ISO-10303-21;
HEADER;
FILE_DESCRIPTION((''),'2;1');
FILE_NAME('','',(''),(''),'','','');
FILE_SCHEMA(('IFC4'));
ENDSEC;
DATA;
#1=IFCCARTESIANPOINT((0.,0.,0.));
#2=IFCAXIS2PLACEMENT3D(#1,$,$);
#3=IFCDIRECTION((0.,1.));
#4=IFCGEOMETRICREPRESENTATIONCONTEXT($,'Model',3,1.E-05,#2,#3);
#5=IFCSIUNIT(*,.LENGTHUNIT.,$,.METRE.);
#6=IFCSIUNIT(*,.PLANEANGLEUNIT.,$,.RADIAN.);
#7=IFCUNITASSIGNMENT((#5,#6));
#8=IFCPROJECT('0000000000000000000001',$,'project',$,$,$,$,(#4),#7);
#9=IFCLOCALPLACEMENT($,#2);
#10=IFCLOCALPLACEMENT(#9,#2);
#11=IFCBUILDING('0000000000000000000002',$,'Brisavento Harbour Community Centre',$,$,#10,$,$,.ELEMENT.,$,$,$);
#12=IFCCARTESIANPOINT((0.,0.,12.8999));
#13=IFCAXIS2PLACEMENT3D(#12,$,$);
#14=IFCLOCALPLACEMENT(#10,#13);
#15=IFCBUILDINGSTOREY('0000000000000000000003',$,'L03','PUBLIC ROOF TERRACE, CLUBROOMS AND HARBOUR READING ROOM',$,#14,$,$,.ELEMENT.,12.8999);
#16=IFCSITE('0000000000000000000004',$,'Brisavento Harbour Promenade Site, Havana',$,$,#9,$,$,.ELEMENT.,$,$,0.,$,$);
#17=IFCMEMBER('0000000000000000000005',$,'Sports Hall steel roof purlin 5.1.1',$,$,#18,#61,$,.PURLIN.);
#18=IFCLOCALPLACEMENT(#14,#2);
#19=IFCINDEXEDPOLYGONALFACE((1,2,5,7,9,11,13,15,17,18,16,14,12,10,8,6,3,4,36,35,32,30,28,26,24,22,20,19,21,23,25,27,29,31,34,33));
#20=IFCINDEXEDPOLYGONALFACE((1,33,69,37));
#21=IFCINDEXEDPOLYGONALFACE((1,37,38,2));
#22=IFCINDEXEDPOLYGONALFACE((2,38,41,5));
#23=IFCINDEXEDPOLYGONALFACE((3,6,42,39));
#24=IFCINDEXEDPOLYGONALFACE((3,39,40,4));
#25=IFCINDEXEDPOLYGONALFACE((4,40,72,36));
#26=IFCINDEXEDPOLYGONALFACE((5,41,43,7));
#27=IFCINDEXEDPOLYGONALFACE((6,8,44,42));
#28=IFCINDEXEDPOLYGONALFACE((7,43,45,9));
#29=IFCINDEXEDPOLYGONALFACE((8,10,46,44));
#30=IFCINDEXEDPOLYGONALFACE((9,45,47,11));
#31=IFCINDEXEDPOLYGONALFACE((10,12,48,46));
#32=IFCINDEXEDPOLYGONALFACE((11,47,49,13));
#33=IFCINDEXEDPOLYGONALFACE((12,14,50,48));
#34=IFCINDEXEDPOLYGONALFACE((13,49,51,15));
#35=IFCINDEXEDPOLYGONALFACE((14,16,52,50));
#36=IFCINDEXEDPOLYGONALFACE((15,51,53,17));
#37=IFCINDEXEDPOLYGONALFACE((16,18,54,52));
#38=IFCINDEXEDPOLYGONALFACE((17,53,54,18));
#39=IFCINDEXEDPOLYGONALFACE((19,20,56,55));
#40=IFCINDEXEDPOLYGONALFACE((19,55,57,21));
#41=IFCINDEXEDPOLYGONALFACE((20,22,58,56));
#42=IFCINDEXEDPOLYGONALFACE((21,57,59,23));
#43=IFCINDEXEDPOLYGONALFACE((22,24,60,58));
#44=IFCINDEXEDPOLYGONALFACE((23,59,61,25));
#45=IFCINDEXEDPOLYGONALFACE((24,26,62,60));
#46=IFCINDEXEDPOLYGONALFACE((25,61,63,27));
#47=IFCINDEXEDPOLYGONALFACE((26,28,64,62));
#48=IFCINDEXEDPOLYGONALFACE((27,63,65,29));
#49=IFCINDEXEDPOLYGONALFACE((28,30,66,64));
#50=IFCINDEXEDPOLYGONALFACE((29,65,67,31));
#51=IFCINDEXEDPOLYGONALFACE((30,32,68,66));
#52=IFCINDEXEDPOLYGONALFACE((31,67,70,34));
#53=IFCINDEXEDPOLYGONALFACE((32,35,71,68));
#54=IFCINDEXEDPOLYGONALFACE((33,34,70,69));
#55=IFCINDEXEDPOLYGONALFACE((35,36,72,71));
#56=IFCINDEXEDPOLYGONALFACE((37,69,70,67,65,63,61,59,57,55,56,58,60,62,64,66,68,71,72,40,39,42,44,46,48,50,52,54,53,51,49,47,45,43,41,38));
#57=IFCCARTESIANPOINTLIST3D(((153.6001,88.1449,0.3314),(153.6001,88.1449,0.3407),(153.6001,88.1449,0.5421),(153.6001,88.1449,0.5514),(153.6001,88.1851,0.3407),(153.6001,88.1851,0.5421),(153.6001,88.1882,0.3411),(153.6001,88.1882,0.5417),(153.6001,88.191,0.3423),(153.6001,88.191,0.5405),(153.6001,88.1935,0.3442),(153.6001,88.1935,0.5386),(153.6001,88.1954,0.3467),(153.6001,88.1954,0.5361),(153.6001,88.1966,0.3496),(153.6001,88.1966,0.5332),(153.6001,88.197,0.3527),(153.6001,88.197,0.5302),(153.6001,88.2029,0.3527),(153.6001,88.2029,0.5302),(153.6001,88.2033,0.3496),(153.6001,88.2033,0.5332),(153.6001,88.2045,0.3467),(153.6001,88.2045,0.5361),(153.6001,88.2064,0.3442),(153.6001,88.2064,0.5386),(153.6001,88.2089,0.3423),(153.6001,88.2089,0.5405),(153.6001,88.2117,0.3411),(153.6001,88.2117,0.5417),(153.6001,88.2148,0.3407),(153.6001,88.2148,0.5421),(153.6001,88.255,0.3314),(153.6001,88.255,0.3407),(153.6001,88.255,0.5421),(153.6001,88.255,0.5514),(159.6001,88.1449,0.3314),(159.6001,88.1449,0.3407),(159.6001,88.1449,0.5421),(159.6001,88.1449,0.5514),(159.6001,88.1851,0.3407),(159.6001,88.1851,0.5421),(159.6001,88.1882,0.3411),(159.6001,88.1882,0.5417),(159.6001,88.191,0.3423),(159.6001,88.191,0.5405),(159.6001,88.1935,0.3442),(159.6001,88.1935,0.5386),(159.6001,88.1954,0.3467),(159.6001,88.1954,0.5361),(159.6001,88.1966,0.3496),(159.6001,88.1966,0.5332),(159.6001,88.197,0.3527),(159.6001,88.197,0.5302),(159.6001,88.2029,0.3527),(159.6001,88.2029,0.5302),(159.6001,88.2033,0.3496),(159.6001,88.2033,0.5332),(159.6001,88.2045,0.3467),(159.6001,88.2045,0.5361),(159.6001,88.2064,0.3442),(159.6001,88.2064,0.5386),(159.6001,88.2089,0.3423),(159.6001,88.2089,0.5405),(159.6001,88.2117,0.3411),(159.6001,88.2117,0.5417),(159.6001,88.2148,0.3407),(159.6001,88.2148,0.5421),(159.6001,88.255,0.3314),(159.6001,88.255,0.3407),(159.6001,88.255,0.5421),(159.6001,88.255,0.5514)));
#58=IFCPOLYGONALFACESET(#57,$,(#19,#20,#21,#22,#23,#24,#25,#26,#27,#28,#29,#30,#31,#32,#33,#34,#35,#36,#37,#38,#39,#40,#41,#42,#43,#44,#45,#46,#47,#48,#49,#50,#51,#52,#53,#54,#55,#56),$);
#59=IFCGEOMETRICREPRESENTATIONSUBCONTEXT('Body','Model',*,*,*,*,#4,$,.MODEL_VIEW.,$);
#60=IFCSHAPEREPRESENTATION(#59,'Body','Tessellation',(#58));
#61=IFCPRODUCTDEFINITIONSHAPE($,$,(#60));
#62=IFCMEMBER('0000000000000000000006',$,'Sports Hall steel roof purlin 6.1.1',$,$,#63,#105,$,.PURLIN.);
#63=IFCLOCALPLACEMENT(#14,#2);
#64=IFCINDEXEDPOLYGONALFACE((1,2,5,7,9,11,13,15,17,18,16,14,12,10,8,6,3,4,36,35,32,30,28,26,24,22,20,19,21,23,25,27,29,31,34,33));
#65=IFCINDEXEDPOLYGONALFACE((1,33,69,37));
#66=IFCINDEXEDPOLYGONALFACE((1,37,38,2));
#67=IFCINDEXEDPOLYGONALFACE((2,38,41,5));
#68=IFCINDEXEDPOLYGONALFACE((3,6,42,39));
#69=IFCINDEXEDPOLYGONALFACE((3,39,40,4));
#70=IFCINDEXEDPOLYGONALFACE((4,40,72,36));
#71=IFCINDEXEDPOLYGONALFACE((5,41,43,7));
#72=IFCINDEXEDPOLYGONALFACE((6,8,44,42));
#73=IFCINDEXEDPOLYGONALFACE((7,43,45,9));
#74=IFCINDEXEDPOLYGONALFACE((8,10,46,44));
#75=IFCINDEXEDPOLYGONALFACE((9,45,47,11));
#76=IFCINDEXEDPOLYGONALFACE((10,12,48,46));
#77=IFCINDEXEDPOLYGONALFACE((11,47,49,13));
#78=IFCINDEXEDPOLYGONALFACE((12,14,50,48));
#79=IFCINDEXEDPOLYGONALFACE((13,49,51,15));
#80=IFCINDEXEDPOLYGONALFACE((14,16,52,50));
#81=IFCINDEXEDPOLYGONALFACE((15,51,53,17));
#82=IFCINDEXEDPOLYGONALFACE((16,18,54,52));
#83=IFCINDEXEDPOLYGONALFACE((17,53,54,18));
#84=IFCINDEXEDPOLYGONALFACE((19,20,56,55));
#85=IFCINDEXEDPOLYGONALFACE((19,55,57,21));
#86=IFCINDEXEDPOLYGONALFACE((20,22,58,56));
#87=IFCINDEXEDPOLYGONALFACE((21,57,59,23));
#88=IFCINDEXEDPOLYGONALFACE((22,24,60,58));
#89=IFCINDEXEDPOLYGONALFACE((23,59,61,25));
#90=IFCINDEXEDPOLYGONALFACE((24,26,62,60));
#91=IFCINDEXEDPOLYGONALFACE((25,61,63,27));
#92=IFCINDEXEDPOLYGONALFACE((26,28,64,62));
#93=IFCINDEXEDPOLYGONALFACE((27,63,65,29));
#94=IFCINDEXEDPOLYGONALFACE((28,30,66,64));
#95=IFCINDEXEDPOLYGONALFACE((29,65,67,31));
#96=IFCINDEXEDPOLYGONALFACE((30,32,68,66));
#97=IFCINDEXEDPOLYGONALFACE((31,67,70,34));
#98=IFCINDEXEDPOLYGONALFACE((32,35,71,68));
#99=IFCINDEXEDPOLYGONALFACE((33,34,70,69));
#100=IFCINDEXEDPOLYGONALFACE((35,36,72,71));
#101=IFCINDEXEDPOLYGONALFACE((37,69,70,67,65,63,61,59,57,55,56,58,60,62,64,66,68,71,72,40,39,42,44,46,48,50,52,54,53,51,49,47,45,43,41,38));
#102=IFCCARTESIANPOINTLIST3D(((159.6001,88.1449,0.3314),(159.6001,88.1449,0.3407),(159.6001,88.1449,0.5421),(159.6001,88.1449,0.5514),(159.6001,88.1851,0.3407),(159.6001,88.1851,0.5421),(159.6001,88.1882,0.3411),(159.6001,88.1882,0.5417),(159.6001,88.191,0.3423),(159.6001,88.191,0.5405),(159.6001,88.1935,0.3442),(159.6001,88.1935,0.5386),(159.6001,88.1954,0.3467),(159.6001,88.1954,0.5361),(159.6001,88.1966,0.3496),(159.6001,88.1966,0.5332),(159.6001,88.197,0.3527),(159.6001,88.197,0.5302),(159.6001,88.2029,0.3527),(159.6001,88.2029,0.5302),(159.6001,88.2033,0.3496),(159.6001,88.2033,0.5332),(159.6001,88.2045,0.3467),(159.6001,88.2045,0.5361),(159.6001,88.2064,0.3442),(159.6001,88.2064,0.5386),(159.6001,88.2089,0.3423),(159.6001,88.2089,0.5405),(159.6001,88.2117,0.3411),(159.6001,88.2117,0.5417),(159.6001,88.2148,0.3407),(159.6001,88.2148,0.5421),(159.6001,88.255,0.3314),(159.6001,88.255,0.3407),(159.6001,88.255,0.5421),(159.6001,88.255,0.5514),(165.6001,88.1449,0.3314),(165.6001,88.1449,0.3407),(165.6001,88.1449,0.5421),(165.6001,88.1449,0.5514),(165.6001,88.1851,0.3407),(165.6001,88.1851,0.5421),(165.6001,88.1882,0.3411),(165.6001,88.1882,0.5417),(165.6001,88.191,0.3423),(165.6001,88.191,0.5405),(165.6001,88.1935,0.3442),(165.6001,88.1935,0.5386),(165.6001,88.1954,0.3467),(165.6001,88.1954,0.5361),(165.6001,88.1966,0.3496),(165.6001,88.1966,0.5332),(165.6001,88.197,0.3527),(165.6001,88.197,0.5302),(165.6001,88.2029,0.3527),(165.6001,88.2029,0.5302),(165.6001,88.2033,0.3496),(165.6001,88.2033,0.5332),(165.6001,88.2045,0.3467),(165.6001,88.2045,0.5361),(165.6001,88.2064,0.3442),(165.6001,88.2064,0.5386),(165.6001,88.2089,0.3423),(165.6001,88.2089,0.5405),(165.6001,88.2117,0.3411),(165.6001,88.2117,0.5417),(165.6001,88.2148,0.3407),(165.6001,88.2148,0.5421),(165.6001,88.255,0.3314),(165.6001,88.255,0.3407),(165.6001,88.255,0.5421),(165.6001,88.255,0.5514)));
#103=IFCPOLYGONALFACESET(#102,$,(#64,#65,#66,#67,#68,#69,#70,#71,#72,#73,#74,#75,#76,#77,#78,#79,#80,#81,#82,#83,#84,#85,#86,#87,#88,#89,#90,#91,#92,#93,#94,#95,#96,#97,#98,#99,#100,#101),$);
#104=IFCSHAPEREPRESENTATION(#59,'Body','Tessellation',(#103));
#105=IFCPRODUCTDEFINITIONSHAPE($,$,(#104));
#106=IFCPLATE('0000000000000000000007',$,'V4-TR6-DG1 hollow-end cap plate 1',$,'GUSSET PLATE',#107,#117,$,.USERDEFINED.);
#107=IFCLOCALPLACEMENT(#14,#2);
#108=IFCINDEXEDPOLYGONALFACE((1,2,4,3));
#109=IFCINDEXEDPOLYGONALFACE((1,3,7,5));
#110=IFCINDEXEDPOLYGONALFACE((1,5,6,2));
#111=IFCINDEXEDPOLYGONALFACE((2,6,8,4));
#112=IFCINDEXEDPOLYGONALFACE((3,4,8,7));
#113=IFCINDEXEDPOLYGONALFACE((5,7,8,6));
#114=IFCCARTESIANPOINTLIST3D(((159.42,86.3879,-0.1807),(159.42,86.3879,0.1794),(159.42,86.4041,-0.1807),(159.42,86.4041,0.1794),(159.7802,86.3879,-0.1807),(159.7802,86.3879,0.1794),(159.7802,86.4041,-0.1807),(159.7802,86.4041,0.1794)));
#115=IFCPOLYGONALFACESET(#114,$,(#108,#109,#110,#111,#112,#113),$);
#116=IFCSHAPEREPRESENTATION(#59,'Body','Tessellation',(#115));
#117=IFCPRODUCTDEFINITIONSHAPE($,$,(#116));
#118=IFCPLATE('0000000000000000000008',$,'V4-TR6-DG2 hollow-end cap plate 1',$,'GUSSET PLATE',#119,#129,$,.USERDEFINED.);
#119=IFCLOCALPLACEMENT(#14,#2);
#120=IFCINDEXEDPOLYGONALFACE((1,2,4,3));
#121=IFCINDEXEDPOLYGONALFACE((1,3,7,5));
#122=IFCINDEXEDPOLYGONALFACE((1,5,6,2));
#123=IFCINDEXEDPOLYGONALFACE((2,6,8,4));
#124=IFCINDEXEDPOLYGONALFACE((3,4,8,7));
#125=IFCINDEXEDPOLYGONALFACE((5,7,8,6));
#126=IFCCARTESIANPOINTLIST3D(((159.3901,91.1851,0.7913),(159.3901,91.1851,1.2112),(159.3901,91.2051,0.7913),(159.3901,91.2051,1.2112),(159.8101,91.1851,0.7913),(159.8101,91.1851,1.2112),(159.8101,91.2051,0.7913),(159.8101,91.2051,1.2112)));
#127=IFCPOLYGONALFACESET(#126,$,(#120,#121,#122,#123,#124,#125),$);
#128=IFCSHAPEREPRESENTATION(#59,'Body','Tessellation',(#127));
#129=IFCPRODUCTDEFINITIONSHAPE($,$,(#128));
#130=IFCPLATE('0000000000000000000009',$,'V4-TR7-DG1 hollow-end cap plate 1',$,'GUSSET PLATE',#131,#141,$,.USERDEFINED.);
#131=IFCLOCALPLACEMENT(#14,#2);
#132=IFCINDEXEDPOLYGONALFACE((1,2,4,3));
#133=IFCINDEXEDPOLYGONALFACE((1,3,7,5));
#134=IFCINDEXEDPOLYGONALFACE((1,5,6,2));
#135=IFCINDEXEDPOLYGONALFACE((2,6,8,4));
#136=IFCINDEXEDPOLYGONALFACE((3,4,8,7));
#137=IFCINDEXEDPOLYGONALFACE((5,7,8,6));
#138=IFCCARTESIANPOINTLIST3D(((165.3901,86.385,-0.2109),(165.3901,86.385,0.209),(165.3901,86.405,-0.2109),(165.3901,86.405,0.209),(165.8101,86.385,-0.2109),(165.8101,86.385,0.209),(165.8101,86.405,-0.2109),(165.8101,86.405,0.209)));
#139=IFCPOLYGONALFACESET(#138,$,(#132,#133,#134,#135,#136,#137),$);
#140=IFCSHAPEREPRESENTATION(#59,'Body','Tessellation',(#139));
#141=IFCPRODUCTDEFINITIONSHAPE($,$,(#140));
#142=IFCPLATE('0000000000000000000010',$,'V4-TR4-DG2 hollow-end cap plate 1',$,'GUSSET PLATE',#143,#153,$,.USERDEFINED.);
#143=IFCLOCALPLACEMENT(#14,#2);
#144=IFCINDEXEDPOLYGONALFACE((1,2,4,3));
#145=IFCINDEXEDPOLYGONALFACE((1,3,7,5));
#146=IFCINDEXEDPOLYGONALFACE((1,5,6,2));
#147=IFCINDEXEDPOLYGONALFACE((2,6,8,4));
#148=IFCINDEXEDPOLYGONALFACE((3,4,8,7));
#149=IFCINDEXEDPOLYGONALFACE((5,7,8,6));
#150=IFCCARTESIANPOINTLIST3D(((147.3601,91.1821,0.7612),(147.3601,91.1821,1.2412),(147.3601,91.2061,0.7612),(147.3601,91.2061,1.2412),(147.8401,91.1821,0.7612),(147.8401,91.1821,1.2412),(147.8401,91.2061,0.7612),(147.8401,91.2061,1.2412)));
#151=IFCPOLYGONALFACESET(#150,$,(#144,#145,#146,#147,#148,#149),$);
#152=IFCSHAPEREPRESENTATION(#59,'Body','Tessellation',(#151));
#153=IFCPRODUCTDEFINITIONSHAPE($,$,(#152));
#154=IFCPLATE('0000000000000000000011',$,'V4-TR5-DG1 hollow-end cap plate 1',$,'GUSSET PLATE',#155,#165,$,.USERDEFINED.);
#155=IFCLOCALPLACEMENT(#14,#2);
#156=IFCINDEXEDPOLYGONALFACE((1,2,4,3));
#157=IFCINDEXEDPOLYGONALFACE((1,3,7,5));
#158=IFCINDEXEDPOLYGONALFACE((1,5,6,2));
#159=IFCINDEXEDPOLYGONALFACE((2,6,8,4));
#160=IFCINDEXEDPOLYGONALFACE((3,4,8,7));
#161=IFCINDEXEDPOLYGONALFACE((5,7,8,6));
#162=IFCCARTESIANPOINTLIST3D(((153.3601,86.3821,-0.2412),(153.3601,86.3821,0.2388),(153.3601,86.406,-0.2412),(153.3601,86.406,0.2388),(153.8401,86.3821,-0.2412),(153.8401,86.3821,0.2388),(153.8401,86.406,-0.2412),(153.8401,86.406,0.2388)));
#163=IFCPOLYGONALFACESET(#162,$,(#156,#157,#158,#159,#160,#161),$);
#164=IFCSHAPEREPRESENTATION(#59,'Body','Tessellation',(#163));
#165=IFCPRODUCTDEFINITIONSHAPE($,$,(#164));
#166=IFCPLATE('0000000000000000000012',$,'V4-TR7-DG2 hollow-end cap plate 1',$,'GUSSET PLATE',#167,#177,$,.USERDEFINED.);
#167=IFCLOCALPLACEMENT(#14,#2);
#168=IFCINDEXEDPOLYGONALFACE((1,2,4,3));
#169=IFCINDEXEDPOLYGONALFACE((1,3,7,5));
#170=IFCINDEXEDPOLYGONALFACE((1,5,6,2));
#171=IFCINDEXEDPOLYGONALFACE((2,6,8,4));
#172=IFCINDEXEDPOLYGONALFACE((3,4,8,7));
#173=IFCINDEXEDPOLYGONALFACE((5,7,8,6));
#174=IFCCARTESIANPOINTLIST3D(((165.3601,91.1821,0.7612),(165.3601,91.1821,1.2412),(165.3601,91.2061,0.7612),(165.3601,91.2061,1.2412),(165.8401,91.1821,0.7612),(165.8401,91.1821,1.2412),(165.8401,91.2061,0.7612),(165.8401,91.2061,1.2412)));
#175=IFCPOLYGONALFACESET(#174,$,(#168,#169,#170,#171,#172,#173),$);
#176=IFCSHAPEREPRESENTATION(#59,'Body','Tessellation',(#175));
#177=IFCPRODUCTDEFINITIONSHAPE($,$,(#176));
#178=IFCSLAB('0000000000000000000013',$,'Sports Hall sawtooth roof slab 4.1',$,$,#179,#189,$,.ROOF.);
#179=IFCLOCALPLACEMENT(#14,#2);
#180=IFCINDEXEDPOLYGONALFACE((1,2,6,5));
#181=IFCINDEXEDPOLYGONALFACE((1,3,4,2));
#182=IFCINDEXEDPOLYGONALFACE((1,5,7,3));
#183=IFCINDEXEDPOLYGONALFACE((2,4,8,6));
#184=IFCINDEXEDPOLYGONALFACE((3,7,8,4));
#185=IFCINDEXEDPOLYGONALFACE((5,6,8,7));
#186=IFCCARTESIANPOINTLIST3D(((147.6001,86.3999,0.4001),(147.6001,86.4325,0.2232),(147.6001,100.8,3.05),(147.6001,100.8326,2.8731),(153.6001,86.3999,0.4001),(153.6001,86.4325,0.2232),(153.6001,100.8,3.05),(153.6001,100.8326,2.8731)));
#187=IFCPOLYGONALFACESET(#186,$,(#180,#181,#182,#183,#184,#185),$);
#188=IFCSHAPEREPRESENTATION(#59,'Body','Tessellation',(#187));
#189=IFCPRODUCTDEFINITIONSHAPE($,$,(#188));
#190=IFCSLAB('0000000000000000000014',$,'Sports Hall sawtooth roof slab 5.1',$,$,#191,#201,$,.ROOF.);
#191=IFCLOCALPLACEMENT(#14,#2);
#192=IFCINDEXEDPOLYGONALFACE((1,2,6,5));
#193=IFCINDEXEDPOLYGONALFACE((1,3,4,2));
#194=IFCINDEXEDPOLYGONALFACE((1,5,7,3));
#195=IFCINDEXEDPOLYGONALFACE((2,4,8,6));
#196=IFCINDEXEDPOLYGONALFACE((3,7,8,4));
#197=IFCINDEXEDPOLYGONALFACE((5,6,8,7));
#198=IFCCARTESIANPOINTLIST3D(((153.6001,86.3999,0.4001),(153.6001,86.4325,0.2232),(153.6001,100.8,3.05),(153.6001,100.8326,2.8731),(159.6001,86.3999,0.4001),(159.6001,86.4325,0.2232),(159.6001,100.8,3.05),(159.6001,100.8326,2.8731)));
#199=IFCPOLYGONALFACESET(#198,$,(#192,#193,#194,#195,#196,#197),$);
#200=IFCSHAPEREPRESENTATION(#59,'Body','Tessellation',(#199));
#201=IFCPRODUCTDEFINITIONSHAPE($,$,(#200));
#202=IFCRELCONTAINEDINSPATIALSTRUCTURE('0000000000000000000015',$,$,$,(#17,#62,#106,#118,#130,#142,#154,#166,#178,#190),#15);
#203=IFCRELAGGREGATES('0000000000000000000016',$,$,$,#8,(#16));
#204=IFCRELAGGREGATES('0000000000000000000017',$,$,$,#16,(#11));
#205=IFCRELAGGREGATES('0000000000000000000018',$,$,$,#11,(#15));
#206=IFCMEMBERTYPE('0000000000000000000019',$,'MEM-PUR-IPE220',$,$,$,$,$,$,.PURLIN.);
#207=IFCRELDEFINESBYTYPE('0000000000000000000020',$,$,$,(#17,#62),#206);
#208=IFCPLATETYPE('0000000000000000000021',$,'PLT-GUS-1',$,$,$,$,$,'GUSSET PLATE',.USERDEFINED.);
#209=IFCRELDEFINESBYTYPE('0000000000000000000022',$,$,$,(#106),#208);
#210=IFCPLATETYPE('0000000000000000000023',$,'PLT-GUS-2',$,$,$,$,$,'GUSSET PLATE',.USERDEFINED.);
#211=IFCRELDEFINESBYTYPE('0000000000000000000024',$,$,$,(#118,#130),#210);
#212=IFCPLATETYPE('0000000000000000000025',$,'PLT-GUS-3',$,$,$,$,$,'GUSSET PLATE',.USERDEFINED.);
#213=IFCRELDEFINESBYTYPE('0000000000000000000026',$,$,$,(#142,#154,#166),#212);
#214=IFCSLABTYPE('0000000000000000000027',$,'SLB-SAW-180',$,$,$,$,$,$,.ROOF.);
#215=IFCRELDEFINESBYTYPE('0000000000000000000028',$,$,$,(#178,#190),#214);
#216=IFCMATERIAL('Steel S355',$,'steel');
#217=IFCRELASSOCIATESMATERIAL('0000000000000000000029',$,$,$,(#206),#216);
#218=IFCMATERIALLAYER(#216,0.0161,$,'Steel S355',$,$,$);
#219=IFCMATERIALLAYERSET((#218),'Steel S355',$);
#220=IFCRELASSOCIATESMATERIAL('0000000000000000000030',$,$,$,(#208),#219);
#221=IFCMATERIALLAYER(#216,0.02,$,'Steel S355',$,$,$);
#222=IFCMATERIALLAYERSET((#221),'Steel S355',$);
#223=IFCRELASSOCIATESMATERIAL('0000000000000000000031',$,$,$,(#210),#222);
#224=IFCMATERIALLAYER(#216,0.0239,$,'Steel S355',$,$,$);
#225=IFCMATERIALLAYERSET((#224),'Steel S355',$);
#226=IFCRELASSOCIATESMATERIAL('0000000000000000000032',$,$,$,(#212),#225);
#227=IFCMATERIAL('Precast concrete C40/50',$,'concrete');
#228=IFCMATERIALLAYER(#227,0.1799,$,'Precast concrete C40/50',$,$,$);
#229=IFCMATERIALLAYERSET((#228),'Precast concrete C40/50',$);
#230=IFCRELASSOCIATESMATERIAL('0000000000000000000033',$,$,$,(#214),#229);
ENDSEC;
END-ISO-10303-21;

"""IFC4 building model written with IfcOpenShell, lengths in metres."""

from ifc_helpers import new_model, si_unit, direction, frame, origin, origin_2d, place, context, subcontext, project, spatial, polyline, rectangle, i_section, outline, extrude, material, layer, layer_set, material_profile, profile_set, type_object, element, save


model = new_model("IFC4")

# Units and contexts
model_context = context("Model", 3, precision=1e-05, world=origin(), true_north=direction((0.0, 1.0)))
body_context = subcontext(model_context, "Body", "Model", "MODEL_VIEW")
ifc_project = project(units=[si_unit("LENGTHUNIT", "METRE"), si_unit("PLANEANGLEUNIT", "RADIAN")], contexts=[model_context])

# Site, building, storey
site_placement = place(None, origin())
site = spatial("IfcSite", under=ifc_project, at=site_placement, Name="Brisavento Harbour Promenade Site, Havana", CompositionType="ELEMENT", RefElevation=0.0)
building_placement = place(site_placement, origin())
building = spatial("IfcBuilding", under=site, at=building_placement, Name="Brisavento Harbour Community Centre", CompositionType="ELEMENT")
storey_placement = place(building_placement, frame((0.0, 0.0, 12.8999)))
storey = spatial("IfcBuildingStorey", under=building, at=storey_placement, Name="L03", Description="PUBLIC ROOF TERRACE, CLUBROOMS AND HARBOUR READING ROOM", CompositionType="ELEMENT", Elevation=12.8999)

# Members
ifc_material_1 = material(Name="Steel S355", Category="steel")
ifc_material_profile_1 = material_profile(ifc_material_1, i_section(OverallWidth=0.1101, OverallDepth=0.22, WebThickness=0.0059, FlangeThickness=0.0093, FilletRadius=0.012, at=origin_2d()), Name="Steel S355")
ifc_profile_set_1 = profile_set([ifc_material_profile_1], Name="Steel S355")
member_type_1 = type_object("IfcMemberType", Name="MEM-PUR-IPE220", PredefinedType="PURLIN", material=ifc_profile_set_1)
for number, where, z_axis, x_axis, name in (
    (1, (153.6001, 88.2, 0.4414), (1.0, 0.0, 0.0), (0.0, 1.0, 0.0), "Sports Hall steel roof purlin 5.1.1"),
    (2, (159.6001, 88.2, 0.4414), (1.0, 0.0, 0.0), (0.0, 1.0, 0.0), "Sports Hall steel roof purlin 6.1.1"),
):
    element("IfcMember", number, at=place(storey_placement, frame(where, z_axis=z_axis, x_axis=x_axis)), inside=storey, type_object=member_type_1, Name=name, PredefinedType="PURLIN", context=body_context, shape_type="SweptSolid", body=[
        extrude(i_section(OverallWidth=0.1101, OverallDepth=0.22, WebThickness=0.0059, FlangeThickness=0.0093, FilletRadius=0.012, at=origin_2d()), origin(), (0.0, 0.0, 1.0), 6.0),
    ])

# Plates
ifc_layer_1 = layer(ifc_material_1, 0.0161, Name="Steel S355")
ifc_layer_set_1 = layer_set([ifc_layer_1], Name="Steel S355")
plate_type_1 = type_object("IfcPlateType", Name="PLT-GUS-1", ElementType="GUSSET PLATE", PredefinedType="USERDEFINED", material=ifc_layer_set_1)
plate_placement = place(storey_placement, frame((159.6001, 86.396, -0.1807), z_axis=(0.0, 0.0, 1.0), x_axis=(0.0, 1.0, 0.0)))
element("IfcPlate", 3, at=plate_placement, inside=storey, type_object=plate_type_1, Name="V4-TR6-DG1 hollow-end cap plate 1", ObjectType="GUSSET PLATE", PredefinedType="USERDEFINED", context=body_context, shape_type="SweptSolid", body=[
    extrude(rectangle(XDim=0.0161, YDim=0.3601, at=origin_2d()), origin(), (0.0, 0.0, 1.0), 0.3601),
])
ifc_layer_2 = layer(ifc_material_1, 0.02, Name="Steel S355")
ifc_layer_set_2 = layer_set([ifc_layer_2], Name="Steel S355")
plate_type_2 = type_object("IfcPlateType", Name="PLT-GUS-2", ElementType="GUSSET PLATE", PredefinedType="USERDEFINED", material=ifc_layer_set_2)
for number, where, z_axis, x_axis, name in (
    (4, (159.6001, 91.1951, 0.7913), (0.0, 0.0, 1.0), (0.0, 1.0, 0.0), "V4-TR6-DG2 hollow-end cap plate 1"),
    (5, (165.6001, 86.395, -0.2109), (0.0, 0.0, 1.0), (0.0, 1.0, 0.0), "V4-TR7-DG1 hollow-end cap plate 1"),
):
    element("IfcPlate", number, at=place(storey_placement, frame(where, z_axis=z_axis, x_axis=x_axis)), inside=storey, type_object=plate_type_2, Name=name, ObjectType="GUSSET PLATE", PredefinedType="USERDEFINED", context=body_context, shape_type="SweptSolid", body=[
        extrude(rectangle(XDim=0.02, YDim=0.4199, at=origin_2d()), origin(), (0.0, 0.0, 1.0), 0.4199),
    ])
ifc_layer_3 = layer(ifc_material_1, 0.0239, Name="Steel S355")
ifc_layer_set_3 = layer_set([ifc_layer_3], Name="Steel S355")
plate_type_3 = type_object("IfcPlateType", Name="PLT-GUS-3", ElementType="GUSSET PLATE", PredefinedType="USERDEFINED", material=ifc_layer_set_3)
for number, where, z_axis, x_axis, name in (
    (6, (147.6001, 91.1941, 0.7612), (0.0, 0.0, 1.0), (0.0, 1.0, 0.0), "V4-TR4-DG2 hollow-end cap plate 1"),
    (7, (153.6001, 86.394, -0.2412), (0.0, 0.0, 1.0), (0.0, 1.0, 0.0), "V4-TR5-DG1 hollow-end cap plate 1"),
    (8, (165.6001, 91.1941, 0.7612), (0.0, 0.0, 1.0), (0.0, 1.0, 0.0), "V4-TR7-DG2 hollow-end cap plate 1"),
):
    element("IfcPlate", number, at=place(storey_placement, frame(where, z_axis=z_axis, x_axis=x_axis)), inside=storey, type_object=plate_type_3, Name=name, ObjectType="GUSSET PLATE", PredefinedType="USERDEFINED", context=body_context, shape_type="SweptSolid", body=[
        extrude(rectangle(XDim=0.0239, YDim=0.48, at=origin_2d()), origin(), (0.0, 0.0, 1.0), 0.48),
    ])

# Slabs
ifc_material_2 = material(Name="Precast concrete C40/50", Category="concrete")
ifc_layer_4 = layer(ifc_material_2, 0.1799, Name="Precast concrete C40/50")
ifc_layer_set_4 = layer_set([ifc_layer_4], Name="Precast concrete C40/50")
slab_type = type_object("IfcSlabType", Name="SLB-SAW-180", PredefinedType="ROOF", material=ifc_layer_set_4)
for number, where, z_axis, x_axis, name in (
    (9, (147.6001, 86.3999, 0.4001), (0.0, -0.18098, 0.983487), (1.0, 0.0, 0.0), "Sports Hall sawtooth roof slab 4.1"),
    (10, (153.6001, 86.3999, 0.4001), (0.0, -0.18098, 0.983487), (1.0, 0.0, 0.0), "Sports Hall sawtooth roof slab 5.1"),
):
    element("IfcSlab", number, at=place(storey_placement, frame(where, z_axis=z_axis, x_axis=x_axis)), inside=storey, type_object=slab_type, Name=name, PredefinedType="ROOF", context=body_context, shape_type="SweptSolid", body=[
        extrude(outline(polyline([(0.0, 0.0), (6.0, 0.0), (6.0, 14.6419), (0.0, 14.6419), (0.0, 0.0)])), origin(), (0.0, 0.0, -1.0), 0.1799),
    ])

save(model, "model.ifc")
